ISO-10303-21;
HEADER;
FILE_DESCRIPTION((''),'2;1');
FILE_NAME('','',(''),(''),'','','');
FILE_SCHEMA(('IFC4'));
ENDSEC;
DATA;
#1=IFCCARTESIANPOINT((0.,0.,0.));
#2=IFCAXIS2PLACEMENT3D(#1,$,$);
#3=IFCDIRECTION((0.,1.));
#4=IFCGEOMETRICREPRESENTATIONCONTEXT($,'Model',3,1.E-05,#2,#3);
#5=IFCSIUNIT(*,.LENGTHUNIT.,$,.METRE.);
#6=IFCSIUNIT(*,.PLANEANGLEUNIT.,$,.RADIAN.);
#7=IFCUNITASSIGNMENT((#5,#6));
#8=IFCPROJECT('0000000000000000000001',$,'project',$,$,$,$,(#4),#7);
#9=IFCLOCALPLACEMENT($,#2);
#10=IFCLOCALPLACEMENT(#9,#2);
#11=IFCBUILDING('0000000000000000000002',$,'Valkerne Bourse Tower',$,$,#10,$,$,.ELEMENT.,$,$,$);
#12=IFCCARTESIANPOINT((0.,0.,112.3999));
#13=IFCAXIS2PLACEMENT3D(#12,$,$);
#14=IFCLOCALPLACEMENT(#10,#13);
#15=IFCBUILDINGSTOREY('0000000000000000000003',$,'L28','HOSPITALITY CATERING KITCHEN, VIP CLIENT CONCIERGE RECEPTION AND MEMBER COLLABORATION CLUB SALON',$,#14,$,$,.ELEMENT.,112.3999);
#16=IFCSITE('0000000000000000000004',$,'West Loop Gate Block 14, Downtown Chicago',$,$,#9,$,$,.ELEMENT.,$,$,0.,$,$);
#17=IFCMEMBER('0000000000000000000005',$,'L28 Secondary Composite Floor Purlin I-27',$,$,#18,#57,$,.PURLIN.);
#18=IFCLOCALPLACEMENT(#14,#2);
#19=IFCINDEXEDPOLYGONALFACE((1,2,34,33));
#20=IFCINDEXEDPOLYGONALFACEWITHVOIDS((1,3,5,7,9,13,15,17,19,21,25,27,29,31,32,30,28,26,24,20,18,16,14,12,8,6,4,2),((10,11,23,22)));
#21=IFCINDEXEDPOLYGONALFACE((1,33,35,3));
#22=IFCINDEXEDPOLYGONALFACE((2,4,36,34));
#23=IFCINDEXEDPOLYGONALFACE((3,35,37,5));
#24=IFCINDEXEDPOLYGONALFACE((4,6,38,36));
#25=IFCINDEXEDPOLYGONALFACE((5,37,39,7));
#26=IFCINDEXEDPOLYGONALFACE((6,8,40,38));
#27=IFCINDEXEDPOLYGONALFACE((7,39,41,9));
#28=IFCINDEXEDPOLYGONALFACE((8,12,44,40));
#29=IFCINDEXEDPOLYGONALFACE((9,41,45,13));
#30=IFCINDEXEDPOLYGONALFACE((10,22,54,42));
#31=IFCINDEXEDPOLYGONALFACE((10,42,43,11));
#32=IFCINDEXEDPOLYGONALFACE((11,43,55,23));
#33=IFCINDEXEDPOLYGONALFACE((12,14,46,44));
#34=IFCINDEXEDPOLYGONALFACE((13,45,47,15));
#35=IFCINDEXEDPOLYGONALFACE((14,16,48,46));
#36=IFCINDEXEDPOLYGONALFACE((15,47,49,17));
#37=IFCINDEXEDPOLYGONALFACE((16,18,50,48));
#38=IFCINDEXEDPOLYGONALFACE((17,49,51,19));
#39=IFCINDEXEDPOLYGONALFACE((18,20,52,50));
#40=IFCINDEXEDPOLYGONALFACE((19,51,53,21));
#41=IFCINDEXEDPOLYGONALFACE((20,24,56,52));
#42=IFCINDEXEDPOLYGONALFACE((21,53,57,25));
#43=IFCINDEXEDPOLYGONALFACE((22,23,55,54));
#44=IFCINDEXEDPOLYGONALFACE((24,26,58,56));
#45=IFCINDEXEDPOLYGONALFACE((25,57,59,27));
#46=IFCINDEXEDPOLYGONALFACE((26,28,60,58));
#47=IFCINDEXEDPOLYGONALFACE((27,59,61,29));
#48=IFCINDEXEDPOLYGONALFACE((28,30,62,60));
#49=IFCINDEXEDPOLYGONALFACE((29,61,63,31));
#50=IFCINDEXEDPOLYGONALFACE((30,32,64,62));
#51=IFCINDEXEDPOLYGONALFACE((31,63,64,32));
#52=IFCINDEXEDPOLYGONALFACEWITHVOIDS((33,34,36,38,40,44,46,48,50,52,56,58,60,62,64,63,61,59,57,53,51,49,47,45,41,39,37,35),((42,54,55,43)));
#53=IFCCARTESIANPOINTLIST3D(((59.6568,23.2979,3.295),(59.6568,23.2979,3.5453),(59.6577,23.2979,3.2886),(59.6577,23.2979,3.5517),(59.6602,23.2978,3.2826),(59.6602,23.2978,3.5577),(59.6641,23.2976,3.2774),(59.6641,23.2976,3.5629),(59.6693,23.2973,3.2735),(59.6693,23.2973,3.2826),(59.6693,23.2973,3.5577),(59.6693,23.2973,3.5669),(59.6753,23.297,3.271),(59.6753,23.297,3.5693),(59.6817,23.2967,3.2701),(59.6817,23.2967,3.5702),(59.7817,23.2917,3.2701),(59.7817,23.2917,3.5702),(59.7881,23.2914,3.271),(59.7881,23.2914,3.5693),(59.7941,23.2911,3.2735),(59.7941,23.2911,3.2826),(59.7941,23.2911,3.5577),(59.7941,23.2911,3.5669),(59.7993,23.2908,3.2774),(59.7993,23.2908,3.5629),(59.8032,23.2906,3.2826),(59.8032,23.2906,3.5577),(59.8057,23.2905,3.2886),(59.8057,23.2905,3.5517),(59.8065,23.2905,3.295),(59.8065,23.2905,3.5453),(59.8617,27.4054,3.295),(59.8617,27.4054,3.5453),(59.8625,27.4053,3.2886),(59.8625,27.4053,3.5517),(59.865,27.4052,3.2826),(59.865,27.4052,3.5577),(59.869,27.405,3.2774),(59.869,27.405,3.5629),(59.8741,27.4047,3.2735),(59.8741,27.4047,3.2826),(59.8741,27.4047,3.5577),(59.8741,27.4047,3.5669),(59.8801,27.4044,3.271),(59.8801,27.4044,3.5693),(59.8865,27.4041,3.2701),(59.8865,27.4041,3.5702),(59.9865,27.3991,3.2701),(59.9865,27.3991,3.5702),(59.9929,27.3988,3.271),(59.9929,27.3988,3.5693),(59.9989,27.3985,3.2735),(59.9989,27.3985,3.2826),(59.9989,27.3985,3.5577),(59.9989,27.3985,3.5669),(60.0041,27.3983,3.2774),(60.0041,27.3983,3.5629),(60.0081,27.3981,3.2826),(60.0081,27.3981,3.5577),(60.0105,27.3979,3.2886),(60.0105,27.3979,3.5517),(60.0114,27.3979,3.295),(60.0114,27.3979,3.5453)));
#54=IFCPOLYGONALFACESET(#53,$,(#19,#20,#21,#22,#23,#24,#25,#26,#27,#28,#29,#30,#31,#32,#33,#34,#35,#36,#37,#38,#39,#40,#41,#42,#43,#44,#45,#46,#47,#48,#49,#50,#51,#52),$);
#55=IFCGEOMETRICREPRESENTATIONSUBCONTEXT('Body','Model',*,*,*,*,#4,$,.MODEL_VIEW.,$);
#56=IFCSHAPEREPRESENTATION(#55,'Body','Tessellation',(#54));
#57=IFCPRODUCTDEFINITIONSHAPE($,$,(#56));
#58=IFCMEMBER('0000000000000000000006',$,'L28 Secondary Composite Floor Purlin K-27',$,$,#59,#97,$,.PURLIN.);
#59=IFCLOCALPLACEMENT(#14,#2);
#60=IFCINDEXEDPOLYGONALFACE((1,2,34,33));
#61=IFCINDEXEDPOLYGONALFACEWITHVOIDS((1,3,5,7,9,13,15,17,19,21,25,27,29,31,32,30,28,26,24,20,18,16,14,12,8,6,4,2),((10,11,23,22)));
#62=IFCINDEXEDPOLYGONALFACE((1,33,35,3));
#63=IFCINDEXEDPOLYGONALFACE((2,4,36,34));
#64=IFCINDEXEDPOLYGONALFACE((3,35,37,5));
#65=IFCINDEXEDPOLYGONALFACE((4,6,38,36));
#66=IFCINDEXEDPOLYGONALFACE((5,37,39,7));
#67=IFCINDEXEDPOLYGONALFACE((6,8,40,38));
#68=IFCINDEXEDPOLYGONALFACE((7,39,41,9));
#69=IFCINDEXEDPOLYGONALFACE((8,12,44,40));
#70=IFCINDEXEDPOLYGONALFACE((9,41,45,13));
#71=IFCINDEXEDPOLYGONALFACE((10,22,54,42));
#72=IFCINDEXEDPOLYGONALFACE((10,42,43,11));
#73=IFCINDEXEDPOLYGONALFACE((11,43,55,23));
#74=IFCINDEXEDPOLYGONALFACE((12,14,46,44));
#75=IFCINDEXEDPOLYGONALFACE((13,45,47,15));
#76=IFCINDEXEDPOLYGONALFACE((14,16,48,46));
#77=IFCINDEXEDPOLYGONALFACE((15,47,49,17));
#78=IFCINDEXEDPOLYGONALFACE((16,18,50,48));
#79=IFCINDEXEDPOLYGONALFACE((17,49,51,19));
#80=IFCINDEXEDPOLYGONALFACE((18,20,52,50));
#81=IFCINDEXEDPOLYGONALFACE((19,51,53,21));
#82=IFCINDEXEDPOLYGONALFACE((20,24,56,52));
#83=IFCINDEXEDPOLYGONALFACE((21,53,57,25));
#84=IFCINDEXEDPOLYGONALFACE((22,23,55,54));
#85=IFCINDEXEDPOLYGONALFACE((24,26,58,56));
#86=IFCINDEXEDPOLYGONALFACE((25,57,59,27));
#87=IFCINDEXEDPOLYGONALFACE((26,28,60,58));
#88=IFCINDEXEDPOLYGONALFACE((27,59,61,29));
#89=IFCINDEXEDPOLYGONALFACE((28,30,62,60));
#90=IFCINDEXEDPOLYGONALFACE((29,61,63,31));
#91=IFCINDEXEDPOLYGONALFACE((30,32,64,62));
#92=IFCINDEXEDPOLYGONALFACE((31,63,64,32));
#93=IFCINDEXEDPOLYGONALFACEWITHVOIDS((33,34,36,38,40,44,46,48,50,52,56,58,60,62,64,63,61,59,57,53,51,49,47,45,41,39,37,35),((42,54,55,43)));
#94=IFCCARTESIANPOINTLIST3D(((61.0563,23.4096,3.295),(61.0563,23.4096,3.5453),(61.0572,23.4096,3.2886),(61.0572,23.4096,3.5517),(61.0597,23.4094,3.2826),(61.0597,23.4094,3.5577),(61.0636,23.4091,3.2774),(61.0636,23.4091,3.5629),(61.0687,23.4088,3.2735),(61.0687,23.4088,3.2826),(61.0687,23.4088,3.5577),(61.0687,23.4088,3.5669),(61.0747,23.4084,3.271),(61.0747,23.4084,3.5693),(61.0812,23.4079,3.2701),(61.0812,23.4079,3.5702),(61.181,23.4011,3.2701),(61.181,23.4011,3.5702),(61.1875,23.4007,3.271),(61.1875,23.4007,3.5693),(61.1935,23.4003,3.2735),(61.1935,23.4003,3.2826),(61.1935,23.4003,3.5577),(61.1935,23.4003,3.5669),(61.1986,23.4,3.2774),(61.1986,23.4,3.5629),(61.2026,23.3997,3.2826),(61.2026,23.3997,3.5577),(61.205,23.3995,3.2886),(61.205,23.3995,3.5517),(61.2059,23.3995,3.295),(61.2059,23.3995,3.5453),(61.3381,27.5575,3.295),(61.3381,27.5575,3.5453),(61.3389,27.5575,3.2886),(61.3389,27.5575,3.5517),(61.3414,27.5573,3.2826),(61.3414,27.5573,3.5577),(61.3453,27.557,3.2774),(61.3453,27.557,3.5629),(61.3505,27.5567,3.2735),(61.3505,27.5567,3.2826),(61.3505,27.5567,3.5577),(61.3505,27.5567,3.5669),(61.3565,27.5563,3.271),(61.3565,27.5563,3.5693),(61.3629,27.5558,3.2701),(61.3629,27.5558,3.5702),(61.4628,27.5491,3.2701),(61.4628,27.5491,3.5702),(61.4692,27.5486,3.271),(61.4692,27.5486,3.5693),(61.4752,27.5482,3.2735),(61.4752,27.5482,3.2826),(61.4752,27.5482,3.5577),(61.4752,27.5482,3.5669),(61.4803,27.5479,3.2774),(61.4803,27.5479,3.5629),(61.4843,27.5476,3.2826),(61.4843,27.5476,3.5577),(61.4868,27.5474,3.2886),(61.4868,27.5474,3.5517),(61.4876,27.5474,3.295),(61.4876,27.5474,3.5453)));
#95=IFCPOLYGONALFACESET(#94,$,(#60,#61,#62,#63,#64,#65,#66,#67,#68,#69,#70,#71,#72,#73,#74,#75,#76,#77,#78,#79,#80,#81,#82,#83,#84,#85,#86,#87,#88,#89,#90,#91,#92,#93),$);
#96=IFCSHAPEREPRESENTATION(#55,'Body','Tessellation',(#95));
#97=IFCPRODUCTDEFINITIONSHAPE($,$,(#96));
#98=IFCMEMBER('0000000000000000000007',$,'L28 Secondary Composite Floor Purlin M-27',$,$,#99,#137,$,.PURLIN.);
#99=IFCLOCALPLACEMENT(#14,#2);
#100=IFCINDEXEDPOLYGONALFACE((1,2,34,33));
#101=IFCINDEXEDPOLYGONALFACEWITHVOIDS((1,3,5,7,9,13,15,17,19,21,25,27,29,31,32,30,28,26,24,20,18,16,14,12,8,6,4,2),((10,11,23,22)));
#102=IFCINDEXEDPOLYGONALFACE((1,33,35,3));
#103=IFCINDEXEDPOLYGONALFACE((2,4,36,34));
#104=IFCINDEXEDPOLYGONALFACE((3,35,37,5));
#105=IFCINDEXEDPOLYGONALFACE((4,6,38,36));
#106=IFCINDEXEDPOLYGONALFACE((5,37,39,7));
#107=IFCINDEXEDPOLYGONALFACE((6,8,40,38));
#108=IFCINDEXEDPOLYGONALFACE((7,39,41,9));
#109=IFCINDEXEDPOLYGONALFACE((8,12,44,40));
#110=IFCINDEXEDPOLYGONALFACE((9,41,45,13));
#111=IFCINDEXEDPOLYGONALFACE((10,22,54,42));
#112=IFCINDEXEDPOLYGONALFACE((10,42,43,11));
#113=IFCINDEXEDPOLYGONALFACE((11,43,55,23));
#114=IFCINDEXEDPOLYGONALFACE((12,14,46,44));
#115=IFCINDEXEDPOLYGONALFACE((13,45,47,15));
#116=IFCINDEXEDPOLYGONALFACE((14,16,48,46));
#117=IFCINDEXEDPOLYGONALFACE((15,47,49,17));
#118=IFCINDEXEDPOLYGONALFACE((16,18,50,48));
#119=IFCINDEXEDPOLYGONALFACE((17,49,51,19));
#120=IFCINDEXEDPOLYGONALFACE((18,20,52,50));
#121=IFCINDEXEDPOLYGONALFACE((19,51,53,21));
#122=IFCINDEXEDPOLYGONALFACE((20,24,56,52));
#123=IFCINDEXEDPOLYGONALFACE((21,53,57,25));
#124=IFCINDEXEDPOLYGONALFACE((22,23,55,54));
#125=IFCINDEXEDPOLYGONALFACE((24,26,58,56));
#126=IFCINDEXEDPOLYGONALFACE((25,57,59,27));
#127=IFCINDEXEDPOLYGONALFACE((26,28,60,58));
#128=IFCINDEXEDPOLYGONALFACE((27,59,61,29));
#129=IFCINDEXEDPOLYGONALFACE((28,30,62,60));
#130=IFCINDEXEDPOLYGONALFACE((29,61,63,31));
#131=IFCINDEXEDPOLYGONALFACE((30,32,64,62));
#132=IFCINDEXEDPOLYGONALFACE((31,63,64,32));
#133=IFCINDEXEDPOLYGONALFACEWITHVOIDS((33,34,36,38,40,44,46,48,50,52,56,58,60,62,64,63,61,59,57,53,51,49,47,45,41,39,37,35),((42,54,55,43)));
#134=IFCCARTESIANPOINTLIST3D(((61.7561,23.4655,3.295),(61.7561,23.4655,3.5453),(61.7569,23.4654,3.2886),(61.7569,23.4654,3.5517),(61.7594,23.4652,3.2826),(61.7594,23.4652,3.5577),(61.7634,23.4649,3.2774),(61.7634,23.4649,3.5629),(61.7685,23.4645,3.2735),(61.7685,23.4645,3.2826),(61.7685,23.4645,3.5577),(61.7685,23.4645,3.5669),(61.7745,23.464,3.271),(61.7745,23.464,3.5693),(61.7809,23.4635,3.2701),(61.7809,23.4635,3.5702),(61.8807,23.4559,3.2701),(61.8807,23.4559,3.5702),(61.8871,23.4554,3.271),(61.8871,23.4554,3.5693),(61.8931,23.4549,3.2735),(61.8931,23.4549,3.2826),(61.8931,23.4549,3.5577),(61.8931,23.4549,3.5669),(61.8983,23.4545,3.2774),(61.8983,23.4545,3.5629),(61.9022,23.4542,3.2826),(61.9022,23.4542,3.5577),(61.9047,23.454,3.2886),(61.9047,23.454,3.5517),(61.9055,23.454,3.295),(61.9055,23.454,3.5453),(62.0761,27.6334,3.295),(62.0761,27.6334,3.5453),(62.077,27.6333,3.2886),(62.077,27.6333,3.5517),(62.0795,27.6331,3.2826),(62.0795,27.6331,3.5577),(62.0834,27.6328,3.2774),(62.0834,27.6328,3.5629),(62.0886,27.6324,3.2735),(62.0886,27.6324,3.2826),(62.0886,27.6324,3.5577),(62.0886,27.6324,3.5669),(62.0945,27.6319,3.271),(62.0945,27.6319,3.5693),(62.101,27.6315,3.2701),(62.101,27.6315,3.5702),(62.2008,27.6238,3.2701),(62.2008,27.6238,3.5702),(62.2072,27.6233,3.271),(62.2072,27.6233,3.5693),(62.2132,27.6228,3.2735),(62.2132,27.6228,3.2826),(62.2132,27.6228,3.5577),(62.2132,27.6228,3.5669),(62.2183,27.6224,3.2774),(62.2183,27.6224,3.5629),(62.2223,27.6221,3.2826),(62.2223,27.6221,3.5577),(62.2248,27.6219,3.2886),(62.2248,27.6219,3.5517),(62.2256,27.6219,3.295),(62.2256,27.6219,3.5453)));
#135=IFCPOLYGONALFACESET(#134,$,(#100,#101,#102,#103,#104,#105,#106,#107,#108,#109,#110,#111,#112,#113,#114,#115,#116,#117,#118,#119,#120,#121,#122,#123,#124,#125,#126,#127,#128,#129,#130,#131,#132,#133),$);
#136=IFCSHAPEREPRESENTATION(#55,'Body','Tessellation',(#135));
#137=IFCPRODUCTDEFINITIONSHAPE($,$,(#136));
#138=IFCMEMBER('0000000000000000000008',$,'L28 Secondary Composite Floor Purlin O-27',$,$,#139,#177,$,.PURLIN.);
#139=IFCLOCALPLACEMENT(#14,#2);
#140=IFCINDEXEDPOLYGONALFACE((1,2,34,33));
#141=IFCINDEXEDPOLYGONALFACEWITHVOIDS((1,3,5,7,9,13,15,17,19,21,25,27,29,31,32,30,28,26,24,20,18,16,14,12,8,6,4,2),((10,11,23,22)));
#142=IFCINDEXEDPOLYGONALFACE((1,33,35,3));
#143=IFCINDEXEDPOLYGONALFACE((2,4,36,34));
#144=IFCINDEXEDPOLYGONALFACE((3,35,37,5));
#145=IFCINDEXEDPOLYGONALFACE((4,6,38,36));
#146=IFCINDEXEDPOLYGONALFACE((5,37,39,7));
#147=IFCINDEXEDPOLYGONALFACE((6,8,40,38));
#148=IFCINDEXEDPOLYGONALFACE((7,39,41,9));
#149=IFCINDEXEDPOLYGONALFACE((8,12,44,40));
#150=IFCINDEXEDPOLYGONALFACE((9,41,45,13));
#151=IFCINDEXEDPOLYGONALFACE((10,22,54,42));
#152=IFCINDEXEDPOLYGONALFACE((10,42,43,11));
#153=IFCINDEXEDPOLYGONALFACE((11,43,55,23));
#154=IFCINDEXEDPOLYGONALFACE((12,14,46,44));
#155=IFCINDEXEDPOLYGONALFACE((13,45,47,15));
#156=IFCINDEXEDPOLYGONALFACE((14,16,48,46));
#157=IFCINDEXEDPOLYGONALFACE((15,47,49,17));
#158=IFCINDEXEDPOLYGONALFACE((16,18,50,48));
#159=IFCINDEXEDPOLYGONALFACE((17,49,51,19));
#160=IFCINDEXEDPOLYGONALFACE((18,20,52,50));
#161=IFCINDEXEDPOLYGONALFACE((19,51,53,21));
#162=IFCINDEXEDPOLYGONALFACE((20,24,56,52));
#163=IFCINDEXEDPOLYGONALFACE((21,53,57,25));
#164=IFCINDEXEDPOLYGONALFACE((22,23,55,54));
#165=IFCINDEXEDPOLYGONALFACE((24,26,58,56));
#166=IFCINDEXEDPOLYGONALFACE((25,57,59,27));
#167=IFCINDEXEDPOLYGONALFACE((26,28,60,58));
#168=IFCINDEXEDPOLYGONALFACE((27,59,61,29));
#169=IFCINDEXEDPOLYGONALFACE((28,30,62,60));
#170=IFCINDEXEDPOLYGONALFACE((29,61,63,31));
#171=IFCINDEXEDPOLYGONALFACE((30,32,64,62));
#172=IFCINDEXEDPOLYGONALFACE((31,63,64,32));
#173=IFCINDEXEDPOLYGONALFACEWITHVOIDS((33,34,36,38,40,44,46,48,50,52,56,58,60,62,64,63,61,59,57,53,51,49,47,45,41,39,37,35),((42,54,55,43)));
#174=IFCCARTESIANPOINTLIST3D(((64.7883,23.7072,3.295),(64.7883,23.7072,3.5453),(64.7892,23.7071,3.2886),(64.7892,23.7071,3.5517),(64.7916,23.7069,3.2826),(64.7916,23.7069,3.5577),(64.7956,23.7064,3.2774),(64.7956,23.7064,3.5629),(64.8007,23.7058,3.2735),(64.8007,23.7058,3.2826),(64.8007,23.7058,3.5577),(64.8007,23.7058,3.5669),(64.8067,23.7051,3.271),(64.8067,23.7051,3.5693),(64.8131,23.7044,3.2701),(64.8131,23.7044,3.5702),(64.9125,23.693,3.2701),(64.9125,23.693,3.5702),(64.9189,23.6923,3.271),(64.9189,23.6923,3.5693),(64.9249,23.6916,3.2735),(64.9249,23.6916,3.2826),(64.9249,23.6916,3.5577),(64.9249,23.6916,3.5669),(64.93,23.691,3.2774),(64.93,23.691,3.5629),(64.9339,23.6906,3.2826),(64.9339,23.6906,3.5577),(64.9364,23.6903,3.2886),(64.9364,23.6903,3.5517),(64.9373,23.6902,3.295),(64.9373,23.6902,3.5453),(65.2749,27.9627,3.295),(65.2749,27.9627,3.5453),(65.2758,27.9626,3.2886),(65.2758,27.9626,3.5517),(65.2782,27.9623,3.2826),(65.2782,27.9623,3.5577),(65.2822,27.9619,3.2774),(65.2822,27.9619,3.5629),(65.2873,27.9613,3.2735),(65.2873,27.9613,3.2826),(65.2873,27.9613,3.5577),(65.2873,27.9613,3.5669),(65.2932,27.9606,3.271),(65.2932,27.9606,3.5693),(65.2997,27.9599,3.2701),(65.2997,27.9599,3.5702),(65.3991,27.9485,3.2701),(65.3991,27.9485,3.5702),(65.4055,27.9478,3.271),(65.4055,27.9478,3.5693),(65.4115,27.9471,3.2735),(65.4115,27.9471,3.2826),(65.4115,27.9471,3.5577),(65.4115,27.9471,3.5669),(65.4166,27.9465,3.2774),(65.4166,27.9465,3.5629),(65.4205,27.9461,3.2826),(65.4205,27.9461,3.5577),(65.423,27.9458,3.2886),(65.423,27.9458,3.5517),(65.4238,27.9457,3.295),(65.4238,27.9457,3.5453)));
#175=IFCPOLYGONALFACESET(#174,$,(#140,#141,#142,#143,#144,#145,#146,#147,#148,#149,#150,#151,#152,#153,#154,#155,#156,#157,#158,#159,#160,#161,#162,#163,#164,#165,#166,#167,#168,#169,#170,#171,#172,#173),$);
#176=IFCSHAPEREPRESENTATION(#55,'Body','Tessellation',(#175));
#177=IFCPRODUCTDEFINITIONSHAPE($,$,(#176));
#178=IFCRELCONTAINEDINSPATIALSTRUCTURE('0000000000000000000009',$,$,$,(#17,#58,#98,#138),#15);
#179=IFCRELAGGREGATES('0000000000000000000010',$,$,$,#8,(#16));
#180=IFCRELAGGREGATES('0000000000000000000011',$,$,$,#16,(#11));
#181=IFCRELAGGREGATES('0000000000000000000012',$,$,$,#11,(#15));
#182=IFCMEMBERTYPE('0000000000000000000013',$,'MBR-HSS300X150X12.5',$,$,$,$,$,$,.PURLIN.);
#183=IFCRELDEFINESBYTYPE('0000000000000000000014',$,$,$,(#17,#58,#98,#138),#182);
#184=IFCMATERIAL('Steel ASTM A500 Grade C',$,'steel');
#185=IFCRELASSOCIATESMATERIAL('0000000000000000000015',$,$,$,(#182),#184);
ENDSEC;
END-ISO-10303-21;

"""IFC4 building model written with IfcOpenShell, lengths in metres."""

from ifc_helpers import new_model, si_unit, direction, frame, origin, origin_2d, place, context, subcontext, project, spatial, hollow_rectangle, extrude, material, material_profile, profile_set, type_object, element, save


model = new_model("IFC4")

# Units and contexts
model_context = context("Model", 3, precision=1e-05, world=origin(), true_north=direction((0.0, 1.0)))
body_context = subcontext(model_context, "Body", "Model", "MODEL_VIEW")
ifc_project = project(units=[si_unit("LENGTHUNIT", "METRE"), si_unit("PLANEANGLEUNIT", "RADIAN")], contexts=[model_context])

# Site, building, storey
site_placement = place(None, origin())
site = spatial("IfcSite", under=ifc_project, at=site_placement, Name="West Loop Gate Block 14, Downtown Chicago", CompositionType="ELEMENT", RefElevation=0.0)
building_placement = place(site_placement, origin())
building = spatial("IfcBuilding", under=site, at=building_placement, Name="Valkerne Bourse Tower", CompositionType="ELEMENT")
storey_placement = place(building_placement, frame((0.0, 0.0, 112.3999)))
storey = spatial("IfcBuildingStorey", under=building, at=storey_placement, Name="L28", Description="HOSPITALITY CATERING KITCHEN, VIP CLIENT CONCIERGE RECEPTION AND MEMBER COLLABORATION CLUB SALON", CompositionType="ELEMENT", Elevation=112.3999)

# Members
ifc_material_1 = material(Name="Steel ASTM A500 Grade C", Category="steel")
ifc_material_profile_1 = material_profile(ifc_material_1, hollow_rectangle(XDim=0.1499, YDim=0.3, WallThickness=0.0125, OuterFilletRadius=0.0249, at=origin_2d()), Name="HSS300X150X12.5")
ifc_profile_set_1 = profile_set([ifc_material_profile_1], Name="Steel ASTM A500 Grade C")
member_type_1 = type_object("IfcMemberType", Name="MBR-HSS300X150X12.5", PredefinedType="PURLIN", material=ifc_profile_set_1)
member_1_placement = place(storey_placement, frame((59.7317, 23.2942, 3.4202), z_axis=(0.049807, 0.998759, 0.0), x_axis=(-0.998759, 0.049807, 0.0)))
element("IfcMember", 1, at=member_1_placement, inside=storey, type_object=member_type_1, Name="L28 Secondary Composite Floor Purlin I-27", PredefinedType="PURLIN", context=body_context, shape_type="SweptSolid", body=[
    extrude(hollow_rectangle(XDim=0.1499, YDim=0.3, WallThickness=0.0125, OuterFilletRadius=0.0249, at=origin_2d()), origin(), (0.0, 0.0, 1.0), 4.1125),
])
member_2_placement = place(storey_placement, frame((61.1311, 23.4045, 3.4202), z_axis=(0.067766, 0.997701, 0.0), x_axis=(-0.997701, 0.067766, 0.0)))
element("IfcMember", 2, at=member_2_placement, inside=storey, type_object=member_type_1, Name="L28 Secondary Composite Floor Purlin K-27", PredefinedType="PURLIN", context=body_context, shape_type="SweptSolid", body=[
    extrude(hollow_rectangle(XDim=0.1499, YDim=0.3, WallThickness=0.0125, OuterFilletRadius=0.0249, at=origin_2d()), origin(), (0.0, 0.0, 1.0), 4.1575),
])
member_3_placement = place(storey_placement, frame((61.8308, 23.4597, 3.4202), z_axis=(0.076567, 0.997064, 0.0), x_axis=(-0.997064, 0.076567, 0.0)))
element("IfcMember", 3, at=member_3_placement, inside=storey, type_object=member_type_1, Name="L28 Secondary Composite Floor Purlin M-27", PredefinedType="PURLIN", context=body_context, shape_type="SweptSolid", body=[
    extrude(hollow_rectangle(XDim=0.1499, YDim=0.3, WallThickness=0.0125, OuterFilletRadius=0.0249, at=origin_2d()), origin(), (0.0, 0.0, 1.0), 4.1802),
])
member_4_placement = place(storey_placement, frame((64.8628, 23.6987, 3.4202), z_axis=(0.113603, 0.993526, 0.0), x_axis=(-0.993526, 0.113603, 0.0)))
element("IfcMember", 4, at=member_4_placement, inside=storey, type_object=member_type_1, Name="L28 Secondary Composite Floor Purlin O-27", PredefinedType="PURLIN", context=body_context, shape_type="SweptSolid", body=[
    extrude(hollow_rectangle(XDim=0.1499, YDim=0.3, WallThickness=0.0125, OuterFilletRadius=0.0249, at=origin_2d()), origin(), (0.0, 0.0, 1.0), 4.2832),
])

save(model, "model.ifc")
